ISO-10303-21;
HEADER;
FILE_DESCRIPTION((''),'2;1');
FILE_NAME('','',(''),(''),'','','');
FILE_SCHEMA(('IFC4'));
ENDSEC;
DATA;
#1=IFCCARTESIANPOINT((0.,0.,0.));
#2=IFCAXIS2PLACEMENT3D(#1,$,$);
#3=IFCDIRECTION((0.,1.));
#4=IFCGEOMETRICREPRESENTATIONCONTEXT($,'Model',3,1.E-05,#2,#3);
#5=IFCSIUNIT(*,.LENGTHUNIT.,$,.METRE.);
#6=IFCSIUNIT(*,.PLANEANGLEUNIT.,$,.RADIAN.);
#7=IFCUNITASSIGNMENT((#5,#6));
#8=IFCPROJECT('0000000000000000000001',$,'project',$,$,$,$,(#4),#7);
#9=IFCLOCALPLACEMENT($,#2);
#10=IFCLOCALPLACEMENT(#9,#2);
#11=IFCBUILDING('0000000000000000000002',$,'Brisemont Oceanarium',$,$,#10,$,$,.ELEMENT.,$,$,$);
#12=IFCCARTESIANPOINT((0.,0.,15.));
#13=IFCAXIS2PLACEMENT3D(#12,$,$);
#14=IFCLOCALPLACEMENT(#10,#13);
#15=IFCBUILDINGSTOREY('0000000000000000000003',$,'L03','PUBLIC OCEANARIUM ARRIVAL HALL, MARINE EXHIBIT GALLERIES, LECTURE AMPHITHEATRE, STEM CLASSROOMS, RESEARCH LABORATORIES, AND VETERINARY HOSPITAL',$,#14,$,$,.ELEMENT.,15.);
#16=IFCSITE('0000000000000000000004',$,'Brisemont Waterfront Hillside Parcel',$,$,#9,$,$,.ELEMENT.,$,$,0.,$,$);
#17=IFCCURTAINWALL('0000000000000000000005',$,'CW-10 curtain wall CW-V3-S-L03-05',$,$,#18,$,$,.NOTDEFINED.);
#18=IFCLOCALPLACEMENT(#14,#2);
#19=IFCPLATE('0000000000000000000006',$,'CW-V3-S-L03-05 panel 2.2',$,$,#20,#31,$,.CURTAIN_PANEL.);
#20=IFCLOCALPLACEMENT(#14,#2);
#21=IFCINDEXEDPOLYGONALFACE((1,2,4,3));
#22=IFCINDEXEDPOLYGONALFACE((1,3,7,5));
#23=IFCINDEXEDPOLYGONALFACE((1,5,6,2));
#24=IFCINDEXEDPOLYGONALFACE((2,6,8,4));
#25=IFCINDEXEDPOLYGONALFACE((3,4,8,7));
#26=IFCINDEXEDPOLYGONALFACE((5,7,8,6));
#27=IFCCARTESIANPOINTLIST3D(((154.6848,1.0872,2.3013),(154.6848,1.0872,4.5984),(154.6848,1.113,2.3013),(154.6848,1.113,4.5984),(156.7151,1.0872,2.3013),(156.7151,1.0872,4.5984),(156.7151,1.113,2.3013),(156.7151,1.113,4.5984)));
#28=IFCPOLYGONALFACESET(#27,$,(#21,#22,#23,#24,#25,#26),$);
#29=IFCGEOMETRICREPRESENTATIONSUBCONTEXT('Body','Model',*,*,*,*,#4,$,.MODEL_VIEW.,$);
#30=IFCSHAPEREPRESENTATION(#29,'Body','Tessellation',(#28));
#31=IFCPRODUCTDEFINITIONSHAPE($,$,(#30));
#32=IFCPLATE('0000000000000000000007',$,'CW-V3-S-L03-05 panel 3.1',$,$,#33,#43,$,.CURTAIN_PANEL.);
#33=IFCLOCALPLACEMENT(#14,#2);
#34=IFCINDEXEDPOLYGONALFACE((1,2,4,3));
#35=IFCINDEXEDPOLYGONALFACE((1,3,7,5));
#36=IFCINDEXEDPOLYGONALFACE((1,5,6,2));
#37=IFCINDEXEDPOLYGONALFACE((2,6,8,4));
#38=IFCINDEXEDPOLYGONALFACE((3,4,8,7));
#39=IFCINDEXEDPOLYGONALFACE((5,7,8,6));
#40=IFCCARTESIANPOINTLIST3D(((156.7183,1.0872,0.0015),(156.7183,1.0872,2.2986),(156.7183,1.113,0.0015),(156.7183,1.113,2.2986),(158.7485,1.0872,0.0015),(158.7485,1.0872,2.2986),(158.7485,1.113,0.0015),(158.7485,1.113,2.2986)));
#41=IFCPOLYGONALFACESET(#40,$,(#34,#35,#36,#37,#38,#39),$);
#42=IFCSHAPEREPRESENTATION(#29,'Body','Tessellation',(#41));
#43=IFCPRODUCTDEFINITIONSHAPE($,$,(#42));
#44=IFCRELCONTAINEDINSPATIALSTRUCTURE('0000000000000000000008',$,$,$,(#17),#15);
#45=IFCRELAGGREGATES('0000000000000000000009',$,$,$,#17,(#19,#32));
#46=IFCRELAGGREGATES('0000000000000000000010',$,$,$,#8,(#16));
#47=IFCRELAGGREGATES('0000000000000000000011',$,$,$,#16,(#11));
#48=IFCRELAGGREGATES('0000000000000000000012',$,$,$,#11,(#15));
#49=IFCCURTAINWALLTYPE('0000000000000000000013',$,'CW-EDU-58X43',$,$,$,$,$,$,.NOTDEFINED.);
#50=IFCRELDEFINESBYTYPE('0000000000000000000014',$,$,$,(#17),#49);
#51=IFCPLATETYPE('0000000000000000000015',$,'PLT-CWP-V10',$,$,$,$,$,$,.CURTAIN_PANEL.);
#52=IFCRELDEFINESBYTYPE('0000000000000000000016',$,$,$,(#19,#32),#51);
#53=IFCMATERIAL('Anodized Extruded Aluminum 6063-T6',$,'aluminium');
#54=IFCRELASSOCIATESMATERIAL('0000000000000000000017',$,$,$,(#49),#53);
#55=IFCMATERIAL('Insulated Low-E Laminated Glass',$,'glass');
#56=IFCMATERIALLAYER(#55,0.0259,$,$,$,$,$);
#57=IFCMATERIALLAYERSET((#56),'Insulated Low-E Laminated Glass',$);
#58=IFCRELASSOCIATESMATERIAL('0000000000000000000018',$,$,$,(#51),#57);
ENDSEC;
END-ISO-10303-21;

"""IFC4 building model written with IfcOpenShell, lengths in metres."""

from ifc_helpers import new_model, si_unit, direction, frame, origin, origin_2d, place, context, subcontext, project, spatial, rectangle, extrude, material, layer, layer_set, type_object, element, aggregate, save


model = new_model("IFC4")

# Units and contexts
model_context = context("Model", 3, precision=1e-05, world=origin(), true_north=direction((0.0, 1.0)))
body_context = subcontext(model_context, "Body", "Model", "MODEL_VIEW")
ifc_project = project(units=[si_unit("LENGTHUNIT", "METRE"), si_unit("PLANEANGLEUNIT", "RADIAN")], contexts=[model_context])

# Site, building, storey
site_placement = place(None, origin())
site = spatial("IfcSite", under=ifc_project, at=site_placement, Name="Brisemont Waterfront Hillside Parcel", CompositionType="ELEMENT", RefElevation=0.0)
building_placement = place(site_placement, origin())
building = spatial("IfcBuilding", under=site, at=building_placement, Name="Brisemont Oceanarium", CompositionType="ELEMENT")
storey_placement = place(building_placement, frame((0.0, 0.0, 15.0)))
storey = spatial("IfcBuildingStorey", under=building, at=storey_placement, Name="L03", Description="PUBLIC OCEANARIUM ARRIVAL HALL, MARINE EXHIBIT GALLERIES, LECTURE AMPHITHEATRE, STEM CLASSROOMS, RESEARCH LABORATORIES, AND VETERINARY HOSPITAL", CompositionType="ELEMENT", Elevation=15.0)

# Curtain wall
ifc_material_1 = material(Name="Anodized Extruded Aluminum 6063-T6", Category="aluminium")
curtain_wall_type = type_object("IfcCurtainWallType", Name="CW-EDU-58X43", PredefinedType="NOTDEFINED", material=ifc_material_1)
curtain_wall_1_placement = place(storey_placement, origin())
curtain_wall_1 = element("IfcCurtainWall", 1, at=curtain_wall_1_placement, inside=storey, type_object=curtain_wall_type, Name="CW-10 curtain wall CW-V3-S-L03-05", PredefinedType="NOTDEFINED")

# Plates
ifc_material_2 = material(Name="Insulated Low-E Laminated Glass", Category="glass")
ifc_layer = layer(ifc_material_2, 0.0259)
ifc_layer_set = layer_set([ifc_layer], Name="Insulated Low-E Laminated Glass")
plate_type = type_object("IfcPlateType", Name="PLT-CWP-V10", PredefinedType="CURTAIN_PANEL", material=ifc_layer_set)
plate_1_placement = place(storey_placement, frame((155.7, 1.1001, 2.3013), z_axis=(0.0, 0.0, 1.0), x_axis=(1.0, 0.0, 0.0)))
plate_1 = element("IfcPlate", 2, at=plate_1_placement, type_object=plate_type, Name="CW-V3-S-L03-05 panel 2.2", PredefinedType="CURTAIN_PANEL", context=body_context, shape_type="SweptSolid", body=[
    extrude(rectangle(XDim=2.0303, YDim=0.0259, at=origin_2d()), origin(), (0.0, 0.0, 1.0), 2.2971),
])
plate_2_placement = place(storey_placement, frame((157.7334, 1.1001, 0.0015), z_axis=(0.0, 0.0, 1.0), x_axis=(1.0, 0.0, 0.0)))
plate_2 = element("IfcPlate", 3, at=plate_2_placement, type_object=plate_type, Name="CW-V3-S-L03-05 panel 3.1", PredefinedType="CURTAIN_PANEL", context=body_context, shape_type="SweptSolid", body=[
    extrude(rectangle(XDim=2.0303, YDim=0.0259, at=origin_2d()), origin(), (0.0, 0.0, 1.0), 2.2971),
])
aggregate(curtain_wall_1, [plate_1, plate_2])

save(model, "model.ifc")
